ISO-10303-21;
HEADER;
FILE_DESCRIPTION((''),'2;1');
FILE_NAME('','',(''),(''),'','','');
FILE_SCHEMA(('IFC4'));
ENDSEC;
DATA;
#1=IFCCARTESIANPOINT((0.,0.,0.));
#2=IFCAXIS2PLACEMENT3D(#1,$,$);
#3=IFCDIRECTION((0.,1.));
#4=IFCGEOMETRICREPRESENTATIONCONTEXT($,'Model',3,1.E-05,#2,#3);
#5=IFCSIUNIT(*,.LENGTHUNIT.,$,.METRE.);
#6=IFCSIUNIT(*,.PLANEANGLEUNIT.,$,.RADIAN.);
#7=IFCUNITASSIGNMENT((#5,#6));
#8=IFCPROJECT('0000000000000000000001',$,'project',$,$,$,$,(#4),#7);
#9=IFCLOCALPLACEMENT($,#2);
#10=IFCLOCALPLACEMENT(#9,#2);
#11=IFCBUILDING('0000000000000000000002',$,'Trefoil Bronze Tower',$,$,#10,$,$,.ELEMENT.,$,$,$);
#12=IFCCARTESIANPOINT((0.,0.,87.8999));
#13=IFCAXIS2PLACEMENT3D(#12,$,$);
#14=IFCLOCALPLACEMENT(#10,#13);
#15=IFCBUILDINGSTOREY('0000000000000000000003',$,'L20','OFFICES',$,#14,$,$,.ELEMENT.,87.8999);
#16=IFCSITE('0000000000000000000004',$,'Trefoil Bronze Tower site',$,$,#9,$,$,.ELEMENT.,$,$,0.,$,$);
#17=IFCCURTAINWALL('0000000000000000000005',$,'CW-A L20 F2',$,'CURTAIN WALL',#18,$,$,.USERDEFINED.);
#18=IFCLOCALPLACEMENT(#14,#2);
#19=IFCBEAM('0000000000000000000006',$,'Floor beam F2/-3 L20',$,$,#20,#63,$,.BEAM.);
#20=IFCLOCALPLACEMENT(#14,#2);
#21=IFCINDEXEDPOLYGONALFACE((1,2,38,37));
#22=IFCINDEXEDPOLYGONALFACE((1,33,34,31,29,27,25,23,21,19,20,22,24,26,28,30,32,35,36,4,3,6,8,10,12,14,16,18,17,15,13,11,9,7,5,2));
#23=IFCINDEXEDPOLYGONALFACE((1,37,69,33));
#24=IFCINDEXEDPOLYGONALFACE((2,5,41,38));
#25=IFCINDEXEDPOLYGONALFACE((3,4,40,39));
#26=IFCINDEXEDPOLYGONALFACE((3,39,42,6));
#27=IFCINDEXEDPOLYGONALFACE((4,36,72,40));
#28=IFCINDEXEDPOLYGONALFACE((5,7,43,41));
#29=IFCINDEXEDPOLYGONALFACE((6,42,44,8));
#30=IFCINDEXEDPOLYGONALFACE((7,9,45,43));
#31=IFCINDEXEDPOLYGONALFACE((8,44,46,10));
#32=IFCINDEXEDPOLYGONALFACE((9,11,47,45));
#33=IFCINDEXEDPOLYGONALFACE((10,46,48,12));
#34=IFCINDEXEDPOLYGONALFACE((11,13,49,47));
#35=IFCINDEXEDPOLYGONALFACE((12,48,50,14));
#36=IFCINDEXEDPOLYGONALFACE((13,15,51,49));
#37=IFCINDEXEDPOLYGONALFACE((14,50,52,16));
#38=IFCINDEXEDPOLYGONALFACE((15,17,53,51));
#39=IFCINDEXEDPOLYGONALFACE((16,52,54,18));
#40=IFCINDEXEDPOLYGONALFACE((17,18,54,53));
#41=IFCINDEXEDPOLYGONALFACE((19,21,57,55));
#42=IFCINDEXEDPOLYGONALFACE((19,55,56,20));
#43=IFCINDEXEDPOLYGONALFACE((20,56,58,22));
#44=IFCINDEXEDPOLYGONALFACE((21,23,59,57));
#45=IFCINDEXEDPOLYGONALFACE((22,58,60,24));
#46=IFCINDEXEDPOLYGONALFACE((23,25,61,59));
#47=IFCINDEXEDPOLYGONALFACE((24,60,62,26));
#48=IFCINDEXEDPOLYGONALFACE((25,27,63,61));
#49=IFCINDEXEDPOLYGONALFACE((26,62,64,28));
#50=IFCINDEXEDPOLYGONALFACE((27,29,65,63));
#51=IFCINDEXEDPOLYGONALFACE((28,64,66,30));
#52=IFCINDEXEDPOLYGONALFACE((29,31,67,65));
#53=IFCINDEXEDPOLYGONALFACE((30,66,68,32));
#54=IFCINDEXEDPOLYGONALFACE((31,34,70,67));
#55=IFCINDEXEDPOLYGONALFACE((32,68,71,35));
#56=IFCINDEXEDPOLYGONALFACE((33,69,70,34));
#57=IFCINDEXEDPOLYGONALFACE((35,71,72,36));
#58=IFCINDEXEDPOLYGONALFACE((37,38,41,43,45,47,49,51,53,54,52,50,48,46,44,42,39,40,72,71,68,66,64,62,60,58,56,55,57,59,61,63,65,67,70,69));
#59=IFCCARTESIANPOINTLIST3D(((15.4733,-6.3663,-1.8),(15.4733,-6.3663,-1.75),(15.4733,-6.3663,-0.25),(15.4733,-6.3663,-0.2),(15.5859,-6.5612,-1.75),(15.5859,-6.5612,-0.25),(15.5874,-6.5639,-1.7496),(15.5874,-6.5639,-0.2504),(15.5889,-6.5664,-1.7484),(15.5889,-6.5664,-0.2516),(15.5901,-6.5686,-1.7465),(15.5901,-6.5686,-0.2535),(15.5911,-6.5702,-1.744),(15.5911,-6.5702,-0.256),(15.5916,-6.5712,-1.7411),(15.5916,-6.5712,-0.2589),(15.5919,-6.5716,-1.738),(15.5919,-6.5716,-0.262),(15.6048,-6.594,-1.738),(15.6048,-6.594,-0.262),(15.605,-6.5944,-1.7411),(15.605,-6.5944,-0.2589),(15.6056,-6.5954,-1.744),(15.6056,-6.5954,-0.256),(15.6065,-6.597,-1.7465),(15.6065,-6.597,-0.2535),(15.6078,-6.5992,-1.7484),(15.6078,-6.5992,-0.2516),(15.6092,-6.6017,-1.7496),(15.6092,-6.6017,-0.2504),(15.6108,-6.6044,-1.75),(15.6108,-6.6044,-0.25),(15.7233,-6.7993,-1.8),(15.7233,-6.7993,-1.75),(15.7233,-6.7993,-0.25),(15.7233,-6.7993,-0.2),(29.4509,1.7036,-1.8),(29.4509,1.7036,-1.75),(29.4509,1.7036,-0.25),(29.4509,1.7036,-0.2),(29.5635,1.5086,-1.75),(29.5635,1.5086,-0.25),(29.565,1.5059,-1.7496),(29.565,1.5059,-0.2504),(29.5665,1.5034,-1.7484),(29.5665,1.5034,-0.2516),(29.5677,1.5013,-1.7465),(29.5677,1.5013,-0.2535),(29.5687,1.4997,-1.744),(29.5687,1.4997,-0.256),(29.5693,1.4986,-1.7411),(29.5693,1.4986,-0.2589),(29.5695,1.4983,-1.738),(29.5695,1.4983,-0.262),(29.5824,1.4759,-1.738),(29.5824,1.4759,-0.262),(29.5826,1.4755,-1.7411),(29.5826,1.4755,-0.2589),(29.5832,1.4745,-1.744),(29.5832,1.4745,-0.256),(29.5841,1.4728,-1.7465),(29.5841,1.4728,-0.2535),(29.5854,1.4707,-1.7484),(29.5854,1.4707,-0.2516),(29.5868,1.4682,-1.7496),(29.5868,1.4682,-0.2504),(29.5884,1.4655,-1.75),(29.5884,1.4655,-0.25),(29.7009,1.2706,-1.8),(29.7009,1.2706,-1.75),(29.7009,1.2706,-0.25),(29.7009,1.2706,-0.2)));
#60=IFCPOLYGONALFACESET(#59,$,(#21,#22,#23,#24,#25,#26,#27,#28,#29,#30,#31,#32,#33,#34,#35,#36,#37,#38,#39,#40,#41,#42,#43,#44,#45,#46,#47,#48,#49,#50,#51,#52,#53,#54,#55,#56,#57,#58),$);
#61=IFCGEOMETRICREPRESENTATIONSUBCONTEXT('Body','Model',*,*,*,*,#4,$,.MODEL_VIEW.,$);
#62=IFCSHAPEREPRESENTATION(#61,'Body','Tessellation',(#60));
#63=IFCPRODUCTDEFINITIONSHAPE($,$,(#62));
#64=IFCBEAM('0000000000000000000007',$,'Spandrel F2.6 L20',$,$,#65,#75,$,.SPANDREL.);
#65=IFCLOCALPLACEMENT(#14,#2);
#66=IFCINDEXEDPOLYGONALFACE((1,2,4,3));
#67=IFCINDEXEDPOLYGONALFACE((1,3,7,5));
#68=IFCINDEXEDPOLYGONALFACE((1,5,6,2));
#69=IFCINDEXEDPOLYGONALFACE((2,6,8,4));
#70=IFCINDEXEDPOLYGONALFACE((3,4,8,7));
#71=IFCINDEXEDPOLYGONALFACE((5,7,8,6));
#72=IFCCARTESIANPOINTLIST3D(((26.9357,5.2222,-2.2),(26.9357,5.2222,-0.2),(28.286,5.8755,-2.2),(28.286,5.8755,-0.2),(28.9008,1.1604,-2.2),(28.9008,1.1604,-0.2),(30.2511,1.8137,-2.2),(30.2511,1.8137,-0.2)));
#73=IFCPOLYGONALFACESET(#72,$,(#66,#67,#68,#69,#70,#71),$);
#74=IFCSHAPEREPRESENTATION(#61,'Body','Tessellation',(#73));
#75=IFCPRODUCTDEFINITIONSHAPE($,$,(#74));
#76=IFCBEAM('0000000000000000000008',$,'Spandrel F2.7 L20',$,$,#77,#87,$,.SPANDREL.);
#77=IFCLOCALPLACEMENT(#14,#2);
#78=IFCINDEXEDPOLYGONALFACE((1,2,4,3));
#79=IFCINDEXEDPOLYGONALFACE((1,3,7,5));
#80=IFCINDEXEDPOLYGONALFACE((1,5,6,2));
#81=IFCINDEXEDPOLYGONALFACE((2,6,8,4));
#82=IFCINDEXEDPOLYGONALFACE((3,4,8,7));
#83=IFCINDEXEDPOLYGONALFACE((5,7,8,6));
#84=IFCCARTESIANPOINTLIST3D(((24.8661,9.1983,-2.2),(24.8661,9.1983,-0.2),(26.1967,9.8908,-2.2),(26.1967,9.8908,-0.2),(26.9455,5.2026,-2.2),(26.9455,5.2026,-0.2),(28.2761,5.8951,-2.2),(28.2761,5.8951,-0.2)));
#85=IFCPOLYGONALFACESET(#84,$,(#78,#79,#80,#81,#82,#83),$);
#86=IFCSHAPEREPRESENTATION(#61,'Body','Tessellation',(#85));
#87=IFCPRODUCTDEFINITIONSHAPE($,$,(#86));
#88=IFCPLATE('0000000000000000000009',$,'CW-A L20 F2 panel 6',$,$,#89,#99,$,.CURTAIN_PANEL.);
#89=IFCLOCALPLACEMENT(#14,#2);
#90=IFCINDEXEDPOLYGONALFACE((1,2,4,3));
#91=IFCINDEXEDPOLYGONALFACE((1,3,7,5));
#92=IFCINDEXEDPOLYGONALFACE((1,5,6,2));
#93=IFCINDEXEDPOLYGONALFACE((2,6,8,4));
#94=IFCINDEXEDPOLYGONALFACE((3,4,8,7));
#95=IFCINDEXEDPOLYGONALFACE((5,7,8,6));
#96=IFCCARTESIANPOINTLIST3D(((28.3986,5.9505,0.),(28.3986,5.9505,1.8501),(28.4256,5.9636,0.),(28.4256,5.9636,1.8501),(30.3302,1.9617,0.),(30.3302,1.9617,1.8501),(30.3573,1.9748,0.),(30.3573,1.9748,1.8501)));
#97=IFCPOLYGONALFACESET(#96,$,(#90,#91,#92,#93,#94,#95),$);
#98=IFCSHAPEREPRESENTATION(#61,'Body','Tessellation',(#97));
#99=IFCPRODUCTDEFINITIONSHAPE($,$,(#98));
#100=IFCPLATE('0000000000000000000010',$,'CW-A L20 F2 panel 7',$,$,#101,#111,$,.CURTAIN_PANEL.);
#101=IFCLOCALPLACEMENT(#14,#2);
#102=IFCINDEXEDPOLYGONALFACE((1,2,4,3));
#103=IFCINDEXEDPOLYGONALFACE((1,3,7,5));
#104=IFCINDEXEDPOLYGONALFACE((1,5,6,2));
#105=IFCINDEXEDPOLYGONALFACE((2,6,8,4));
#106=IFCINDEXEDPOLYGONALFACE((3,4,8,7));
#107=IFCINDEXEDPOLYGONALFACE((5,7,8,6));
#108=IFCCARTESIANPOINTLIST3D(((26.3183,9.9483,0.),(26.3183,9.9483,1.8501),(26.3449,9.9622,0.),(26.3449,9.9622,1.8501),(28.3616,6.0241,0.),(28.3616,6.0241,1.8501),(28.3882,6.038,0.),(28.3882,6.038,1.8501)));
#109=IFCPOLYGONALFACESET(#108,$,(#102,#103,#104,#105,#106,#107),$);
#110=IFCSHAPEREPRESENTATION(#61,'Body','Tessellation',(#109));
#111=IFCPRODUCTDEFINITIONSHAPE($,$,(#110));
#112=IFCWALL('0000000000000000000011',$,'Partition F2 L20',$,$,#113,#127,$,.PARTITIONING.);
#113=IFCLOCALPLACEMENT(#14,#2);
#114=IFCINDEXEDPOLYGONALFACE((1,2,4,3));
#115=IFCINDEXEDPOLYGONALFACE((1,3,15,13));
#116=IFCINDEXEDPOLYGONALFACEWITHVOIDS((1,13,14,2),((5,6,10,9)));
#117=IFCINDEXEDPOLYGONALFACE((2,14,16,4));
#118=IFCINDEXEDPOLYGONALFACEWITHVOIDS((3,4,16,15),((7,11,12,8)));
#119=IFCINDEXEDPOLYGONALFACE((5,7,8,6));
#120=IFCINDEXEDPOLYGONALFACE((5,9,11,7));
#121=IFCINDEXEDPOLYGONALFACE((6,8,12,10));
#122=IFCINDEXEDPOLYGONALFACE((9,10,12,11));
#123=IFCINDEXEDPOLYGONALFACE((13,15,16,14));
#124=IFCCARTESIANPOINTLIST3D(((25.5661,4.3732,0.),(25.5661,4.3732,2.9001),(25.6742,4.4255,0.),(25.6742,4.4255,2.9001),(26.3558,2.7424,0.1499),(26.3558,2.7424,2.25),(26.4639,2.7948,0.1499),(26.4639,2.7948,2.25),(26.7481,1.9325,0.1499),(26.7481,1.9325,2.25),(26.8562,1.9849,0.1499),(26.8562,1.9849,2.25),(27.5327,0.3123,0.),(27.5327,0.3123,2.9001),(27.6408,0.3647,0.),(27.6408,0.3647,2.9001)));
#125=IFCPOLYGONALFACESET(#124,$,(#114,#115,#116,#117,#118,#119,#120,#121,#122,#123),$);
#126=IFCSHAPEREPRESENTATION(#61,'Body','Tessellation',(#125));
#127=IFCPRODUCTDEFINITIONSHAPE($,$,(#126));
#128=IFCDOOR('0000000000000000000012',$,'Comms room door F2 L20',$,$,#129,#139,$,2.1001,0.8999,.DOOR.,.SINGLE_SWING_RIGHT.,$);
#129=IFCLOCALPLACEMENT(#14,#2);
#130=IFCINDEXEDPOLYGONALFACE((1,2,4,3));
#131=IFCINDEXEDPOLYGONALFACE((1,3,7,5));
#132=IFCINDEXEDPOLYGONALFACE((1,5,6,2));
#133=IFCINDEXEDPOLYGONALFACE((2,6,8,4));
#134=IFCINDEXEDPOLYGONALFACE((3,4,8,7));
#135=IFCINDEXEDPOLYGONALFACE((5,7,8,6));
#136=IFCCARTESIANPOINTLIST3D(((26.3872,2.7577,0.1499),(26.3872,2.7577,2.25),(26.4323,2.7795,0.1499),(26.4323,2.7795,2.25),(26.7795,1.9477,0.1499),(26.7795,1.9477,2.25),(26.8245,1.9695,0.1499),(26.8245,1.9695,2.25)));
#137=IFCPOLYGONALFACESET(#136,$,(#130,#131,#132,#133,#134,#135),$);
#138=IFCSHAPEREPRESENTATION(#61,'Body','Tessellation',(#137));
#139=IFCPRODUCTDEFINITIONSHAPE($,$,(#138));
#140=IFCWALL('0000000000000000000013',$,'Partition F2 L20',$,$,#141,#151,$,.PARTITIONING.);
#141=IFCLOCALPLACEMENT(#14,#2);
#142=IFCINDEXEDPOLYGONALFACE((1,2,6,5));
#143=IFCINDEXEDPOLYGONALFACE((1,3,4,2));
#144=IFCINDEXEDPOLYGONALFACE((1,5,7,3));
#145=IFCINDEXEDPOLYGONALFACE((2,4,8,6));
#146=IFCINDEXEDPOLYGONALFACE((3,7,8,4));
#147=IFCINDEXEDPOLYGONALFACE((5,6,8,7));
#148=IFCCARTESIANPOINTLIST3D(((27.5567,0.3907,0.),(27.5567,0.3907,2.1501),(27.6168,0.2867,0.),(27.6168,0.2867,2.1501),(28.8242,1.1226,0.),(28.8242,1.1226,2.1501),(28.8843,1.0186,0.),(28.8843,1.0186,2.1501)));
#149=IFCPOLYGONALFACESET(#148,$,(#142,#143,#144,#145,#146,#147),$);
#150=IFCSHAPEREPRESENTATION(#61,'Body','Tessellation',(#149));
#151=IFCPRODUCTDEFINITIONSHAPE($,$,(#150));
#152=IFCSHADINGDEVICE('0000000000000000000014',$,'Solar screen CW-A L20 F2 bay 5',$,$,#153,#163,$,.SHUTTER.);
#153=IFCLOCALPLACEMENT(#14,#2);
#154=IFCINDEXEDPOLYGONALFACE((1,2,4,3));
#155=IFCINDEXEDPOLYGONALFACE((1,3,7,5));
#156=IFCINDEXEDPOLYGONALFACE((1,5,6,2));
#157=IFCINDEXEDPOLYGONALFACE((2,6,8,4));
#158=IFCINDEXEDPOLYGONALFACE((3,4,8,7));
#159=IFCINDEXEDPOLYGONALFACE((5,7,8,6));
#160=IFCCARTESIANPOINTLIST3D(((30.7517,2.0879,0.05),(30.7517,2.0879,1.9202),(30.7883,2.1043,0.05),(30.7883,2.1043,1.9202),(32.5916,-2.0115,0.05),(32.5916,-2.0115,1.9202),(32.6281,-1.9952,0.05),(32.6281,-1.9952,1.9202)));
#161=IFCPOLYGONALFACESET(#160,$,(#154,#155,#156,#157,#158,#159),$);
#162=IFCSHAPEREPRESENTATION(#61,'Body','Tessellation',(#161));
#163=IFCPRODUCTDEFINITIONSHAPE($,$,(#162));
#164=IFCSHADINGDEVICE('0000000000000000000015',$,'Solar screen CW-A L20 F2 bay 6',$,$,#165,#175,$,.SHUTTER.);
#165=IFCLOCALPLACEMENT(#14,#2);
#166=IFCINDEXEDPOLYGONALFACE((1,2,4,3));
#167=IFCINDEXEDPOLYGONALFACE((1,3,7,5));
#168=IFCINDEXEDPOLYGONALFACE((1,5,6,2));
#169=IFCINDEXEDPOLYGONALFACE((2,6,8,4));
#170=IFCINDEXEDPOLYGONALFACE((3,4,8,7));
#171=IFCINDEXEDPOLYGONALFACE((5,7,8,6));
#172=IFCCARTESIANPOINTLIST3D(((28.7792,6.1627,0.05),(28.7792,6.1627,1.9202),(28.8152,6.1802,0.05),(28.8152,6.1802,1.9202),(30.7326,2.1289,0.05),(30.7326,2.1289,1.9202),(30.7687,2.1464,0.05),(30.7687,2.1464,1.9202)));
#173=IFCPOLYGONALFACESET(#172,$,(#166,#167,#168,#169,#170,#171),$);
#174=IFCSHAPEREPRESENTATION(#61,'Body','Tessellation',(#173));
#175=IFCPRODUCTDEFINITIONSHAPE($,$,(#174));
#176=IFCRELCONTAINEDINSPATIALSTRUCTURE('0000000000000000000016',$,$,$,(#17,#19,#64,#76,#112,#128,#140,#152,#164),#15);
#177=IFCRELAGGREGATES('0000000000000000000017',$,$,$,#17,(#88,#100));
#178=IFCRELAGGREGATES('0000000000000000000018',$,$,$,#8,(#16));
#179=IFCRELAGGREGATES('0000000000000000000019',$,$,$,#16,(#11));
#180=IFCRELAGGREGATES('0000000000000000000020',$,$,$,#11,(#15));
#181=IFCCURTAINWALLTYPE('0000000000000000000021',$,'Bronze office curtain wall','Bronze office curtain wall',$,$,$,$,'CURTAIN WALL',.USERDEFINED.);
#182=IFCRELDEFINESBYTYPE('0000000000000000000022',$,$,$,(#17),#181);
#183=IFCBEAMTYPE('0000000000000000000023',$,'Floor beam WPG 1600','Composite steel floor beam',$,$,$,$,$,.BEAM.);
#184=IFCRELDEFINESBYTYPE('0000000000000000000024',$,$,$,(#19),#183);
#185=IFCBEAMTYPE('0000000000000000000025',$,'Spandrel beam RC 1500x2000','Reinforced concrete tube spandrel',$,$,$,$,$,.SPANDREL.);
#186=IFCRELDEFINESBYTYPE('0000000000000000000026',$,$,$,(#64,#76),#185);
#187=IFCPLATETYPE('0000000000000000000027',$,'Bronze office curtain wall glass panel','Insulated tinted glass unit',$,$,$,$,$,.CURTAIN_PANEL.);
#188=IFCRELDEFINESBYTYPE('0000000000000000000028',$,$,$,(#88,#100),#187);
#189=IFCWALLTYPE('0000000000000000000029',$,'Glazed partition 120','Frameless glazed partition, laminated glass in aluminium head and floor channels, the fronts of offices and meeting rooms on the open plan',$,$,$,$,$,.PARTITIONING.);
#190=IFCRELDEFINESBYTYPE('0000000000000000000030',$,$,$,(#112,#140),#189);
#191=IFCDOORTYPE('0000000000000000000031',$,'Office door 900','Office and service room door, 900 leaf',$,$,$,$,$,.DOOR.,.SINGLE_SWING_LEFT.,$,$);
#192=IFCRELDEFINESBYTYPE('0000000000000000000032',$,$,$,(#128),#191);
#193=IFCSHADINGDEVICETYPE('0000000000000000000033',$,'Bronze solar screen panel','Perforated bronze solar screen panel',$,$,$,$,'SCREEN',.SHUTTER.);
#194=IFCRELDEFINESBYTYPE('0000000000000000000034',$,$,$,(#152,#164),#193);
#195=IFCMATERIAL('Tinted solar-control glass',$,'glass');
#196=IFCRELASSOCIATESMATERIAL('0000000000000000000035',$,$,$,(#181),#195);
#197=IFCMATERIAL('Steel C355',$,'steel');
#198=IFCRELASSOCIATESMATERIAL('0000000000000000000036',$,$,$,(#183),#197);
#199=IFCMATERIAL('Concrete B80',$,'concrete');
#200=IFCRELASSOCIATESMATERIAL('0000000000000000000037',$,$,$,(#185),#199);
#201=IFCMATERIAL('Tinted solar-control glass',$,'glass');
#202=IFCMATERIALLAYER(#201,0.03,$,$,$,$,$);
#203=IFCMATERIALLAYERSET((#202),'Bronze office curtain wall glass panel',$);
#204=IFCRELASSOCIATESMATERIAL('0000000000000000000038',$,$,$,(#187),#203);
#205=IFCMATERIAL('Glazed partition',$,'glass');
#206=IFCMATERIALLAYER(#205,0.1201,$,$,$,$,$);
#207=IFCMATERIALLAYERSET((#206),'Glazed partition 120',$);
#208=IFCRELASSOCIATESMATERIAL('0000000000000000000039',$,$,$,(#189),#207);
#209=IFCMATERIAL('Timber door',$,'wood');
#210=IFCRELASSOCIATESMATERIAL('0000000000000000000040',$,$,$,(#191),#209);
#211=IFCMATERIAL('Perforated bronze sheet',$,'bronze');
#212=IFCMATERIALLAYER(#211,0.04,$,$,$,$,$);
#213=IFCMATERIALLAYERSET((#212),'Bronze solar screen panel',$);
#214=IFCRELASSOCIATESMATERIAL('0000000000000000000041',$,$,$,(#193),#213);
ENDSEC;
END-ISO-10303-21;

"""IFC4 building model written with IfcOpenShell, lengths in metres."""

from ifc_helpers import new_model, si_unit, direction, frame, frame_2d, origin, origin_2d, place, context, subcontext, project, spatial, rectangle, i_section, extrude, material, layer, layer_set, material_profile, profile_set, type_object, element, fill, aggregate, save


model = new_model("IFC4")

# Units and contexts
model_context = context("Model", 3, precision=1e-05, world=origin(), true_north=direction((0.0, 1.0)))
body_context = subcontext(model_context, "Body", "Model", "MODEL_VIEW")
ifc_project = project(units=[si_unit("LENGTHUNIT", "METRE"), si_unit("PLANEANGLEUNIT", "RADIAN")], contexts=[model_context])

# Site, building, storey
site_placement = place(None, origin())
site = spatial("IfcSite", under=ifc_project, at=site_placement, Name="Trefoil Bronze Tower site", CompositionType="ELEMENT", RefElevation=0.0)
building_placement = place(site_placement, origin())
building = spatial("IfcBuilding", under=site, at=building_placement, Name="Trefoil Bronze Tower", CompositionType="ELEMENT")
storey_placement = place(building_placement, frame((0.0, 0.0, 87.8999)))
storey = spatial("IfcBuildingStorey", under=building, at=storey_placement, Name="L20", Description="OFFICES", CompositionType="ELEMENT", Elevation=87.8999)

# Curtain wall
ifc_material_1 = material(Name="Tinted solar-control glass", Category="glass")
curtain_wall_type = type_object("IfcCurtainWallType", Name="Bronze office curtain wall", Description="Bronze office curtain wall", ElementType="CURTAIN WALL", PredefinedType="USERDEFINED", material=ifc_material_1)
curtain_wall_placement = place(storey_placement, origin())
curtain_wall = element("IfcCurtainWall", 1, at=curtain_wall_placement, inside=storey, type_object=curtain_wall_type, Name="CW-A L20 F2", ObjectType="CURTAIN WALL", PredefinedType="USERDEFINED")

# Beams
ifc_material_2 = material(Name="Steel C355", Category="steel")
ifc_material_profile_1 = material_profile(ifc_material_2, i_section(OverallWidth=0.5, OverallDepth=1.6001, WebThickness=0.0259, FlangeThickness=0.05, FilletRadius=0.012, at=origin_2d()), Name="WPG 1600")
ifc_profile_set_1 = profile_set([ifc_material_profile_1], Name="Steel C355")
beam_type_1 = type_object("IfcBeamType", Name="Floor beam WPG 1600", Description="Composite steel floor beam", PredefinedType="BEAM", material=ifc_profile_set_1)
beam_1_placement = place(storey_placement, frame((29.5759, 1.4871, -1.0), z_axis=(-0.866028, -0.499995, 0.0), x_axis=(0.499995, -0.866028, 0.0)))
element("IfcBeam", 2, at=beam_1_placement, inside=storey, type_object=beam_type_1, Name="Floor beam F2/-3 L20", PredefinedType="BEAM", context=body_context, shape_type="SweptSolid", body=[
    extrude(i_section(OverallWidth=0.5, OverallDepth=1.6001, WebThickness=0.0259, FlangeThickness=0.05, FilletRadius=0.012, at=origin_2d()), origin(), (0.0, 0.0, 1.0), 16.1399),
])
ifc_material_3 = material(Name="Concrete B80", Category="concrete")
ifc_material_profile_2 = material_profile(ifc_material_3, rectangle(XDim=1.5, YDim=2.0, at=origin_2d()), Name="RC 1500x2000")
ifc_profile_set_2 = profile_set([ifc_material_profile_2], Name="Concrete B80")
beam_type_2 = type_object("IfcBeamType", Name="Spandrel beam RC 1500x2000", Description="Reinforced concrete tube spandrel", PredefinedType="SPANDREL", material=ifc_profile_set_2)
beam_2_placement = place(storey_placement, frame((29.5759, 1.4871, -1.2), z_axis=(-0.43551, 0.900184, 0.0), x_axis=(-0.900184, -0.43551, 0.0)))
element("IfcBeam", 3, at=beam_2_placement, inside=storey, type_object=beam_type_2, Name="Spandrel F2.6 L20", PredefinedType="SPANDREL", context=body_context, shape_type="SweptSolid", body=[
    extrude(rectangle(XDim=1.5, YDim=2.0, at=origin_2d()), origin(), (0.0, 0.0, 1.0), 4.5122),
])
beam_3_placement = place(storey_placement, frame((27.6108, 5.5488, -1.2), z_axis=(-0.461638, 0.887069, 0.0), x_axis=(-0.887069, -0.461638, 0.0)))
element("IfcBeam", 4, at=beam_3_placement, inside=storey, type_object=beam_type_2, Name="Spandrel F2.7 L20", PredefinedType="SPANDREL", context=body_context, shape_type="SweptSolid", body=[
    extrude(rectangle(XDim=1.5, YDim=2.0, at=origin_2d()), origin(), (0.0, 0.0, 1.0), 4.5044),
])

# Plates
ifc_material_4 = material(Name="Tinted solar-control glass", Category="glass")
ifc_layer_1 = layer(ifc_material_4, 0.03)
ifc_layer_set_1 = layer_set([ifc_layer_1], Name="Bronze office curtain wall glass panel")
plate_type = type_object("IfcPlateType", Name="Bronze office curtain wall glass panel", Description="Insulated tinted glass unit", PredefinedType="CURTAIN_PANEL", material=ifc_layer_set_1)
plate_1_placement = place(storey_placement, frame((29.3779, 3.9626, 0.0), z_axis=(0.0, 0.0, 1.0), x_axis=(-0.435855, 0.900017, 0.0)))
plate_1 = element("IfcPlate", 5, at=plate_1_placement, type_object=plate_type, Name="CW-A L20 F2 panel 6", PredefinedType="CURTAIN_PANEL", context=body_context, shape_type="SweptSolid", body=[
    extrude(rectangle(XDim=4.4319, YDim=0.03, at=origin_2d()), origin(), (0.0, 0.0, 1.0), 1.8501),
])
plate_2_placement = place(storey_placement, frame((27.3533, 7.9932, 0.0), z_axis=(0.0, 0.0, 1.0), x_axis=(-0.46183, 0.886969, 0.0)))
plate_2 = element("IfcPlate", 6, at=plate_2_placement, type_object=plate_type, Name="CW-A L20 F2 panel 7", PredefinedType="CURTAIN_PANEL", context=body_context, shape_type="SweptSolid", body=[
    extrude(rectangle(XDim=4.4243, YDim=0.03, at=origin_2d()), origin(), (0.0, 0.0, 1.0), 1.8501),
])
aggregate(curtain_wall, [plate_1, plate_2])

# Wall, opening, door
ifc_material_5 = material(Name="Glazed partition", Category="glass")
ifc_layer_2 = layer(ifc_material_5, 0.1201)
ifc_layer_set_2 = layer_set([ifc_layer_2], Name="Glazed partition 120")
wall_type = type_object("IfcWallType", Name="Glazed partition 120", Description="Frameless glazed partition, laminated glass in aluminium head and floor channels, the fronts of offices and meeting rooms on the open plan", PredefinedType="PARTITIONING", material=ifc_layer_set_2)
wall_1_placement = place(storey_placement, frame((27.5867, 0.3386, 0.0), z_axis=(0.0, 0.0, 1.0), x_axis=(-0.435858, 0.900015, 0.0)))
wall_1 = element("IfcWall", 7, at=wall_1_placement, inside=storey, type_object=wall_type, Name="Partition F2 L20", PredefinedType="PARTITIONING", context=body_context, shape_type="SweptSolid", body=[
    extrude(rectangle(XDim=4.512, YDim=0.1201, at=frame_2d((2.2559, 0.0))), origin(), (0.0, 0.0, 1.0), 2.9001),
])
opening_placement = place(wall_1_placement, frame((1.8, 0.0, 0.1499)))
opening = element("IfcOpeningElement", 8, at=opening_placement, cuts=wall_1, PredefinedType="OPENING", context=body_context, shape_type="SweptSolid", body=[
    extrude(rectangle(XDim=0.8999, YDim=2.1001, at=frame_2d((0.45, 1.05))), frame((0.0, 0.0701, 0.0), z_axis=(0.0, -1.0, 0.0), x_axis=(1.0, 0.0, 0.0)), (0.0, 0.0, 1.0), 0.1401),
])
ifc_material_6 = material(Name="Timber door", Category="wood")
door_type = type_object("IfcDoorType", Name="Office door 900", Description="Office and service room door, 900 leaf", OperationType="SINGLE_SWING_LEFT", PredefinedType="DOOR", material=ifc_material_6)
door_placement = place(opening_placement, frame((0.8999, 0.0, 0.0), z_axis=(0.0, 0.0, 1.0), x_axis=(-1.0, 0.0, 0.0)))
door = element("IfcDoor", 9, at=door_placement, inside=storey, type_object=door_type, Name="Comms room door F2 L20", OperationType="SINGLE_SWING_RIGHT", OverallHeight=2.1001, OverallWidth=0.8999, PredefinedType="DOOR", context=body_context, shape_type="SweptSolid", body=[
    extrude(rectangle(XDim=0.8999, YDim=2.1001, at=frame_2d((0.45, 1.05))), frame((0.0, 0.0249, 0.0), z_axis=(0.0, -1.0, 0.0), x_axis=(1.0, 0.0, 0.0)), (0.0, 0.0, 1.0), 0.05),
])
fill(opening, door)

# Wall
wall_2_placement = place(storey_placement, frame((27.5867, 0.3386, 0.0), z_axis=(0.0, 0.0, 1.0), x_axis=(0.865997, 0.50005, 0.0)))
element("IfcWall", 10, at=wall_2_placement, inside=storey, type_object=wall_type, Name="Partition F2 L20", PredefinedType="PARTITIONING", context=body_context, shape_type="SweptSolid", body=[
    extrude(rectangle(XDim=1.4636, YDim=0.1201, at=frame_2d((0.7319, 0.0))), origin(), (0.0, 0.0, 1.0), 2.1501),
])

# Shading devices
ifc_material_7 = material(Name="Perforated bronze sheet", Category="bronze")
ifc_layer_3 = layer(ifc_material_7, 0.04)
ifc_layer_set_3 = layer_set([ifc_layer_3], Name="Bronze solar screen panel")
shading_device_type = type_object("IfcShadingDeviceType", Name="Bronze solar screen panel", Description="Perforated bronze solar screen panel", ElementType="SCREEN", PredefinedType="SHUTTER", material=ifc_layer_set_3)
shading_device_1_placement = place(storey_placement, frame((31.6899, 0.0464, 0.05), z_axis=(0.0, 0.0, 1.0), x_axis=(-0.409456, 0.91233, 0.0)))
element("IfcShadingDevice", 11, at=shading_device_1_placement, inside=storey, type_object=shading_device_type, Name="Solar screen CW-A L20 F2 bay 5", PredefinedType="SHUTTER", context=body_context, shape_type="SweptSolid", body=[
    extrude(rectangle(XDim=4.4934, YDim=0.04, at=origin_2d()), origin(), (0.0, 0.0, 1.0), 1.8701),
])
shading_device_2_placement = place(storey_placement, frame((29.7739, 4.1545, 0.05), z_axis=(0.0, 0.0, 1.0), x_axis=(-0.435855, 0.900017, 0.0)))
element("IfcShadingDevice", 12, at=shading_device_2_placement, inside=storey, type_object=shading_device_type, Name="Solar screen CW-A L20 F2 bay 6", PredefinedType="SHUTTER", context=body_context, shape_type="SweptSolid", body=[
    extrude(rectangle(XDim=4.4819, YDim=0.04, at=origin_2d()), origin(), (0.0, 0.0, 1.0), 1.8701),
])

save(model, "model.ifc")
